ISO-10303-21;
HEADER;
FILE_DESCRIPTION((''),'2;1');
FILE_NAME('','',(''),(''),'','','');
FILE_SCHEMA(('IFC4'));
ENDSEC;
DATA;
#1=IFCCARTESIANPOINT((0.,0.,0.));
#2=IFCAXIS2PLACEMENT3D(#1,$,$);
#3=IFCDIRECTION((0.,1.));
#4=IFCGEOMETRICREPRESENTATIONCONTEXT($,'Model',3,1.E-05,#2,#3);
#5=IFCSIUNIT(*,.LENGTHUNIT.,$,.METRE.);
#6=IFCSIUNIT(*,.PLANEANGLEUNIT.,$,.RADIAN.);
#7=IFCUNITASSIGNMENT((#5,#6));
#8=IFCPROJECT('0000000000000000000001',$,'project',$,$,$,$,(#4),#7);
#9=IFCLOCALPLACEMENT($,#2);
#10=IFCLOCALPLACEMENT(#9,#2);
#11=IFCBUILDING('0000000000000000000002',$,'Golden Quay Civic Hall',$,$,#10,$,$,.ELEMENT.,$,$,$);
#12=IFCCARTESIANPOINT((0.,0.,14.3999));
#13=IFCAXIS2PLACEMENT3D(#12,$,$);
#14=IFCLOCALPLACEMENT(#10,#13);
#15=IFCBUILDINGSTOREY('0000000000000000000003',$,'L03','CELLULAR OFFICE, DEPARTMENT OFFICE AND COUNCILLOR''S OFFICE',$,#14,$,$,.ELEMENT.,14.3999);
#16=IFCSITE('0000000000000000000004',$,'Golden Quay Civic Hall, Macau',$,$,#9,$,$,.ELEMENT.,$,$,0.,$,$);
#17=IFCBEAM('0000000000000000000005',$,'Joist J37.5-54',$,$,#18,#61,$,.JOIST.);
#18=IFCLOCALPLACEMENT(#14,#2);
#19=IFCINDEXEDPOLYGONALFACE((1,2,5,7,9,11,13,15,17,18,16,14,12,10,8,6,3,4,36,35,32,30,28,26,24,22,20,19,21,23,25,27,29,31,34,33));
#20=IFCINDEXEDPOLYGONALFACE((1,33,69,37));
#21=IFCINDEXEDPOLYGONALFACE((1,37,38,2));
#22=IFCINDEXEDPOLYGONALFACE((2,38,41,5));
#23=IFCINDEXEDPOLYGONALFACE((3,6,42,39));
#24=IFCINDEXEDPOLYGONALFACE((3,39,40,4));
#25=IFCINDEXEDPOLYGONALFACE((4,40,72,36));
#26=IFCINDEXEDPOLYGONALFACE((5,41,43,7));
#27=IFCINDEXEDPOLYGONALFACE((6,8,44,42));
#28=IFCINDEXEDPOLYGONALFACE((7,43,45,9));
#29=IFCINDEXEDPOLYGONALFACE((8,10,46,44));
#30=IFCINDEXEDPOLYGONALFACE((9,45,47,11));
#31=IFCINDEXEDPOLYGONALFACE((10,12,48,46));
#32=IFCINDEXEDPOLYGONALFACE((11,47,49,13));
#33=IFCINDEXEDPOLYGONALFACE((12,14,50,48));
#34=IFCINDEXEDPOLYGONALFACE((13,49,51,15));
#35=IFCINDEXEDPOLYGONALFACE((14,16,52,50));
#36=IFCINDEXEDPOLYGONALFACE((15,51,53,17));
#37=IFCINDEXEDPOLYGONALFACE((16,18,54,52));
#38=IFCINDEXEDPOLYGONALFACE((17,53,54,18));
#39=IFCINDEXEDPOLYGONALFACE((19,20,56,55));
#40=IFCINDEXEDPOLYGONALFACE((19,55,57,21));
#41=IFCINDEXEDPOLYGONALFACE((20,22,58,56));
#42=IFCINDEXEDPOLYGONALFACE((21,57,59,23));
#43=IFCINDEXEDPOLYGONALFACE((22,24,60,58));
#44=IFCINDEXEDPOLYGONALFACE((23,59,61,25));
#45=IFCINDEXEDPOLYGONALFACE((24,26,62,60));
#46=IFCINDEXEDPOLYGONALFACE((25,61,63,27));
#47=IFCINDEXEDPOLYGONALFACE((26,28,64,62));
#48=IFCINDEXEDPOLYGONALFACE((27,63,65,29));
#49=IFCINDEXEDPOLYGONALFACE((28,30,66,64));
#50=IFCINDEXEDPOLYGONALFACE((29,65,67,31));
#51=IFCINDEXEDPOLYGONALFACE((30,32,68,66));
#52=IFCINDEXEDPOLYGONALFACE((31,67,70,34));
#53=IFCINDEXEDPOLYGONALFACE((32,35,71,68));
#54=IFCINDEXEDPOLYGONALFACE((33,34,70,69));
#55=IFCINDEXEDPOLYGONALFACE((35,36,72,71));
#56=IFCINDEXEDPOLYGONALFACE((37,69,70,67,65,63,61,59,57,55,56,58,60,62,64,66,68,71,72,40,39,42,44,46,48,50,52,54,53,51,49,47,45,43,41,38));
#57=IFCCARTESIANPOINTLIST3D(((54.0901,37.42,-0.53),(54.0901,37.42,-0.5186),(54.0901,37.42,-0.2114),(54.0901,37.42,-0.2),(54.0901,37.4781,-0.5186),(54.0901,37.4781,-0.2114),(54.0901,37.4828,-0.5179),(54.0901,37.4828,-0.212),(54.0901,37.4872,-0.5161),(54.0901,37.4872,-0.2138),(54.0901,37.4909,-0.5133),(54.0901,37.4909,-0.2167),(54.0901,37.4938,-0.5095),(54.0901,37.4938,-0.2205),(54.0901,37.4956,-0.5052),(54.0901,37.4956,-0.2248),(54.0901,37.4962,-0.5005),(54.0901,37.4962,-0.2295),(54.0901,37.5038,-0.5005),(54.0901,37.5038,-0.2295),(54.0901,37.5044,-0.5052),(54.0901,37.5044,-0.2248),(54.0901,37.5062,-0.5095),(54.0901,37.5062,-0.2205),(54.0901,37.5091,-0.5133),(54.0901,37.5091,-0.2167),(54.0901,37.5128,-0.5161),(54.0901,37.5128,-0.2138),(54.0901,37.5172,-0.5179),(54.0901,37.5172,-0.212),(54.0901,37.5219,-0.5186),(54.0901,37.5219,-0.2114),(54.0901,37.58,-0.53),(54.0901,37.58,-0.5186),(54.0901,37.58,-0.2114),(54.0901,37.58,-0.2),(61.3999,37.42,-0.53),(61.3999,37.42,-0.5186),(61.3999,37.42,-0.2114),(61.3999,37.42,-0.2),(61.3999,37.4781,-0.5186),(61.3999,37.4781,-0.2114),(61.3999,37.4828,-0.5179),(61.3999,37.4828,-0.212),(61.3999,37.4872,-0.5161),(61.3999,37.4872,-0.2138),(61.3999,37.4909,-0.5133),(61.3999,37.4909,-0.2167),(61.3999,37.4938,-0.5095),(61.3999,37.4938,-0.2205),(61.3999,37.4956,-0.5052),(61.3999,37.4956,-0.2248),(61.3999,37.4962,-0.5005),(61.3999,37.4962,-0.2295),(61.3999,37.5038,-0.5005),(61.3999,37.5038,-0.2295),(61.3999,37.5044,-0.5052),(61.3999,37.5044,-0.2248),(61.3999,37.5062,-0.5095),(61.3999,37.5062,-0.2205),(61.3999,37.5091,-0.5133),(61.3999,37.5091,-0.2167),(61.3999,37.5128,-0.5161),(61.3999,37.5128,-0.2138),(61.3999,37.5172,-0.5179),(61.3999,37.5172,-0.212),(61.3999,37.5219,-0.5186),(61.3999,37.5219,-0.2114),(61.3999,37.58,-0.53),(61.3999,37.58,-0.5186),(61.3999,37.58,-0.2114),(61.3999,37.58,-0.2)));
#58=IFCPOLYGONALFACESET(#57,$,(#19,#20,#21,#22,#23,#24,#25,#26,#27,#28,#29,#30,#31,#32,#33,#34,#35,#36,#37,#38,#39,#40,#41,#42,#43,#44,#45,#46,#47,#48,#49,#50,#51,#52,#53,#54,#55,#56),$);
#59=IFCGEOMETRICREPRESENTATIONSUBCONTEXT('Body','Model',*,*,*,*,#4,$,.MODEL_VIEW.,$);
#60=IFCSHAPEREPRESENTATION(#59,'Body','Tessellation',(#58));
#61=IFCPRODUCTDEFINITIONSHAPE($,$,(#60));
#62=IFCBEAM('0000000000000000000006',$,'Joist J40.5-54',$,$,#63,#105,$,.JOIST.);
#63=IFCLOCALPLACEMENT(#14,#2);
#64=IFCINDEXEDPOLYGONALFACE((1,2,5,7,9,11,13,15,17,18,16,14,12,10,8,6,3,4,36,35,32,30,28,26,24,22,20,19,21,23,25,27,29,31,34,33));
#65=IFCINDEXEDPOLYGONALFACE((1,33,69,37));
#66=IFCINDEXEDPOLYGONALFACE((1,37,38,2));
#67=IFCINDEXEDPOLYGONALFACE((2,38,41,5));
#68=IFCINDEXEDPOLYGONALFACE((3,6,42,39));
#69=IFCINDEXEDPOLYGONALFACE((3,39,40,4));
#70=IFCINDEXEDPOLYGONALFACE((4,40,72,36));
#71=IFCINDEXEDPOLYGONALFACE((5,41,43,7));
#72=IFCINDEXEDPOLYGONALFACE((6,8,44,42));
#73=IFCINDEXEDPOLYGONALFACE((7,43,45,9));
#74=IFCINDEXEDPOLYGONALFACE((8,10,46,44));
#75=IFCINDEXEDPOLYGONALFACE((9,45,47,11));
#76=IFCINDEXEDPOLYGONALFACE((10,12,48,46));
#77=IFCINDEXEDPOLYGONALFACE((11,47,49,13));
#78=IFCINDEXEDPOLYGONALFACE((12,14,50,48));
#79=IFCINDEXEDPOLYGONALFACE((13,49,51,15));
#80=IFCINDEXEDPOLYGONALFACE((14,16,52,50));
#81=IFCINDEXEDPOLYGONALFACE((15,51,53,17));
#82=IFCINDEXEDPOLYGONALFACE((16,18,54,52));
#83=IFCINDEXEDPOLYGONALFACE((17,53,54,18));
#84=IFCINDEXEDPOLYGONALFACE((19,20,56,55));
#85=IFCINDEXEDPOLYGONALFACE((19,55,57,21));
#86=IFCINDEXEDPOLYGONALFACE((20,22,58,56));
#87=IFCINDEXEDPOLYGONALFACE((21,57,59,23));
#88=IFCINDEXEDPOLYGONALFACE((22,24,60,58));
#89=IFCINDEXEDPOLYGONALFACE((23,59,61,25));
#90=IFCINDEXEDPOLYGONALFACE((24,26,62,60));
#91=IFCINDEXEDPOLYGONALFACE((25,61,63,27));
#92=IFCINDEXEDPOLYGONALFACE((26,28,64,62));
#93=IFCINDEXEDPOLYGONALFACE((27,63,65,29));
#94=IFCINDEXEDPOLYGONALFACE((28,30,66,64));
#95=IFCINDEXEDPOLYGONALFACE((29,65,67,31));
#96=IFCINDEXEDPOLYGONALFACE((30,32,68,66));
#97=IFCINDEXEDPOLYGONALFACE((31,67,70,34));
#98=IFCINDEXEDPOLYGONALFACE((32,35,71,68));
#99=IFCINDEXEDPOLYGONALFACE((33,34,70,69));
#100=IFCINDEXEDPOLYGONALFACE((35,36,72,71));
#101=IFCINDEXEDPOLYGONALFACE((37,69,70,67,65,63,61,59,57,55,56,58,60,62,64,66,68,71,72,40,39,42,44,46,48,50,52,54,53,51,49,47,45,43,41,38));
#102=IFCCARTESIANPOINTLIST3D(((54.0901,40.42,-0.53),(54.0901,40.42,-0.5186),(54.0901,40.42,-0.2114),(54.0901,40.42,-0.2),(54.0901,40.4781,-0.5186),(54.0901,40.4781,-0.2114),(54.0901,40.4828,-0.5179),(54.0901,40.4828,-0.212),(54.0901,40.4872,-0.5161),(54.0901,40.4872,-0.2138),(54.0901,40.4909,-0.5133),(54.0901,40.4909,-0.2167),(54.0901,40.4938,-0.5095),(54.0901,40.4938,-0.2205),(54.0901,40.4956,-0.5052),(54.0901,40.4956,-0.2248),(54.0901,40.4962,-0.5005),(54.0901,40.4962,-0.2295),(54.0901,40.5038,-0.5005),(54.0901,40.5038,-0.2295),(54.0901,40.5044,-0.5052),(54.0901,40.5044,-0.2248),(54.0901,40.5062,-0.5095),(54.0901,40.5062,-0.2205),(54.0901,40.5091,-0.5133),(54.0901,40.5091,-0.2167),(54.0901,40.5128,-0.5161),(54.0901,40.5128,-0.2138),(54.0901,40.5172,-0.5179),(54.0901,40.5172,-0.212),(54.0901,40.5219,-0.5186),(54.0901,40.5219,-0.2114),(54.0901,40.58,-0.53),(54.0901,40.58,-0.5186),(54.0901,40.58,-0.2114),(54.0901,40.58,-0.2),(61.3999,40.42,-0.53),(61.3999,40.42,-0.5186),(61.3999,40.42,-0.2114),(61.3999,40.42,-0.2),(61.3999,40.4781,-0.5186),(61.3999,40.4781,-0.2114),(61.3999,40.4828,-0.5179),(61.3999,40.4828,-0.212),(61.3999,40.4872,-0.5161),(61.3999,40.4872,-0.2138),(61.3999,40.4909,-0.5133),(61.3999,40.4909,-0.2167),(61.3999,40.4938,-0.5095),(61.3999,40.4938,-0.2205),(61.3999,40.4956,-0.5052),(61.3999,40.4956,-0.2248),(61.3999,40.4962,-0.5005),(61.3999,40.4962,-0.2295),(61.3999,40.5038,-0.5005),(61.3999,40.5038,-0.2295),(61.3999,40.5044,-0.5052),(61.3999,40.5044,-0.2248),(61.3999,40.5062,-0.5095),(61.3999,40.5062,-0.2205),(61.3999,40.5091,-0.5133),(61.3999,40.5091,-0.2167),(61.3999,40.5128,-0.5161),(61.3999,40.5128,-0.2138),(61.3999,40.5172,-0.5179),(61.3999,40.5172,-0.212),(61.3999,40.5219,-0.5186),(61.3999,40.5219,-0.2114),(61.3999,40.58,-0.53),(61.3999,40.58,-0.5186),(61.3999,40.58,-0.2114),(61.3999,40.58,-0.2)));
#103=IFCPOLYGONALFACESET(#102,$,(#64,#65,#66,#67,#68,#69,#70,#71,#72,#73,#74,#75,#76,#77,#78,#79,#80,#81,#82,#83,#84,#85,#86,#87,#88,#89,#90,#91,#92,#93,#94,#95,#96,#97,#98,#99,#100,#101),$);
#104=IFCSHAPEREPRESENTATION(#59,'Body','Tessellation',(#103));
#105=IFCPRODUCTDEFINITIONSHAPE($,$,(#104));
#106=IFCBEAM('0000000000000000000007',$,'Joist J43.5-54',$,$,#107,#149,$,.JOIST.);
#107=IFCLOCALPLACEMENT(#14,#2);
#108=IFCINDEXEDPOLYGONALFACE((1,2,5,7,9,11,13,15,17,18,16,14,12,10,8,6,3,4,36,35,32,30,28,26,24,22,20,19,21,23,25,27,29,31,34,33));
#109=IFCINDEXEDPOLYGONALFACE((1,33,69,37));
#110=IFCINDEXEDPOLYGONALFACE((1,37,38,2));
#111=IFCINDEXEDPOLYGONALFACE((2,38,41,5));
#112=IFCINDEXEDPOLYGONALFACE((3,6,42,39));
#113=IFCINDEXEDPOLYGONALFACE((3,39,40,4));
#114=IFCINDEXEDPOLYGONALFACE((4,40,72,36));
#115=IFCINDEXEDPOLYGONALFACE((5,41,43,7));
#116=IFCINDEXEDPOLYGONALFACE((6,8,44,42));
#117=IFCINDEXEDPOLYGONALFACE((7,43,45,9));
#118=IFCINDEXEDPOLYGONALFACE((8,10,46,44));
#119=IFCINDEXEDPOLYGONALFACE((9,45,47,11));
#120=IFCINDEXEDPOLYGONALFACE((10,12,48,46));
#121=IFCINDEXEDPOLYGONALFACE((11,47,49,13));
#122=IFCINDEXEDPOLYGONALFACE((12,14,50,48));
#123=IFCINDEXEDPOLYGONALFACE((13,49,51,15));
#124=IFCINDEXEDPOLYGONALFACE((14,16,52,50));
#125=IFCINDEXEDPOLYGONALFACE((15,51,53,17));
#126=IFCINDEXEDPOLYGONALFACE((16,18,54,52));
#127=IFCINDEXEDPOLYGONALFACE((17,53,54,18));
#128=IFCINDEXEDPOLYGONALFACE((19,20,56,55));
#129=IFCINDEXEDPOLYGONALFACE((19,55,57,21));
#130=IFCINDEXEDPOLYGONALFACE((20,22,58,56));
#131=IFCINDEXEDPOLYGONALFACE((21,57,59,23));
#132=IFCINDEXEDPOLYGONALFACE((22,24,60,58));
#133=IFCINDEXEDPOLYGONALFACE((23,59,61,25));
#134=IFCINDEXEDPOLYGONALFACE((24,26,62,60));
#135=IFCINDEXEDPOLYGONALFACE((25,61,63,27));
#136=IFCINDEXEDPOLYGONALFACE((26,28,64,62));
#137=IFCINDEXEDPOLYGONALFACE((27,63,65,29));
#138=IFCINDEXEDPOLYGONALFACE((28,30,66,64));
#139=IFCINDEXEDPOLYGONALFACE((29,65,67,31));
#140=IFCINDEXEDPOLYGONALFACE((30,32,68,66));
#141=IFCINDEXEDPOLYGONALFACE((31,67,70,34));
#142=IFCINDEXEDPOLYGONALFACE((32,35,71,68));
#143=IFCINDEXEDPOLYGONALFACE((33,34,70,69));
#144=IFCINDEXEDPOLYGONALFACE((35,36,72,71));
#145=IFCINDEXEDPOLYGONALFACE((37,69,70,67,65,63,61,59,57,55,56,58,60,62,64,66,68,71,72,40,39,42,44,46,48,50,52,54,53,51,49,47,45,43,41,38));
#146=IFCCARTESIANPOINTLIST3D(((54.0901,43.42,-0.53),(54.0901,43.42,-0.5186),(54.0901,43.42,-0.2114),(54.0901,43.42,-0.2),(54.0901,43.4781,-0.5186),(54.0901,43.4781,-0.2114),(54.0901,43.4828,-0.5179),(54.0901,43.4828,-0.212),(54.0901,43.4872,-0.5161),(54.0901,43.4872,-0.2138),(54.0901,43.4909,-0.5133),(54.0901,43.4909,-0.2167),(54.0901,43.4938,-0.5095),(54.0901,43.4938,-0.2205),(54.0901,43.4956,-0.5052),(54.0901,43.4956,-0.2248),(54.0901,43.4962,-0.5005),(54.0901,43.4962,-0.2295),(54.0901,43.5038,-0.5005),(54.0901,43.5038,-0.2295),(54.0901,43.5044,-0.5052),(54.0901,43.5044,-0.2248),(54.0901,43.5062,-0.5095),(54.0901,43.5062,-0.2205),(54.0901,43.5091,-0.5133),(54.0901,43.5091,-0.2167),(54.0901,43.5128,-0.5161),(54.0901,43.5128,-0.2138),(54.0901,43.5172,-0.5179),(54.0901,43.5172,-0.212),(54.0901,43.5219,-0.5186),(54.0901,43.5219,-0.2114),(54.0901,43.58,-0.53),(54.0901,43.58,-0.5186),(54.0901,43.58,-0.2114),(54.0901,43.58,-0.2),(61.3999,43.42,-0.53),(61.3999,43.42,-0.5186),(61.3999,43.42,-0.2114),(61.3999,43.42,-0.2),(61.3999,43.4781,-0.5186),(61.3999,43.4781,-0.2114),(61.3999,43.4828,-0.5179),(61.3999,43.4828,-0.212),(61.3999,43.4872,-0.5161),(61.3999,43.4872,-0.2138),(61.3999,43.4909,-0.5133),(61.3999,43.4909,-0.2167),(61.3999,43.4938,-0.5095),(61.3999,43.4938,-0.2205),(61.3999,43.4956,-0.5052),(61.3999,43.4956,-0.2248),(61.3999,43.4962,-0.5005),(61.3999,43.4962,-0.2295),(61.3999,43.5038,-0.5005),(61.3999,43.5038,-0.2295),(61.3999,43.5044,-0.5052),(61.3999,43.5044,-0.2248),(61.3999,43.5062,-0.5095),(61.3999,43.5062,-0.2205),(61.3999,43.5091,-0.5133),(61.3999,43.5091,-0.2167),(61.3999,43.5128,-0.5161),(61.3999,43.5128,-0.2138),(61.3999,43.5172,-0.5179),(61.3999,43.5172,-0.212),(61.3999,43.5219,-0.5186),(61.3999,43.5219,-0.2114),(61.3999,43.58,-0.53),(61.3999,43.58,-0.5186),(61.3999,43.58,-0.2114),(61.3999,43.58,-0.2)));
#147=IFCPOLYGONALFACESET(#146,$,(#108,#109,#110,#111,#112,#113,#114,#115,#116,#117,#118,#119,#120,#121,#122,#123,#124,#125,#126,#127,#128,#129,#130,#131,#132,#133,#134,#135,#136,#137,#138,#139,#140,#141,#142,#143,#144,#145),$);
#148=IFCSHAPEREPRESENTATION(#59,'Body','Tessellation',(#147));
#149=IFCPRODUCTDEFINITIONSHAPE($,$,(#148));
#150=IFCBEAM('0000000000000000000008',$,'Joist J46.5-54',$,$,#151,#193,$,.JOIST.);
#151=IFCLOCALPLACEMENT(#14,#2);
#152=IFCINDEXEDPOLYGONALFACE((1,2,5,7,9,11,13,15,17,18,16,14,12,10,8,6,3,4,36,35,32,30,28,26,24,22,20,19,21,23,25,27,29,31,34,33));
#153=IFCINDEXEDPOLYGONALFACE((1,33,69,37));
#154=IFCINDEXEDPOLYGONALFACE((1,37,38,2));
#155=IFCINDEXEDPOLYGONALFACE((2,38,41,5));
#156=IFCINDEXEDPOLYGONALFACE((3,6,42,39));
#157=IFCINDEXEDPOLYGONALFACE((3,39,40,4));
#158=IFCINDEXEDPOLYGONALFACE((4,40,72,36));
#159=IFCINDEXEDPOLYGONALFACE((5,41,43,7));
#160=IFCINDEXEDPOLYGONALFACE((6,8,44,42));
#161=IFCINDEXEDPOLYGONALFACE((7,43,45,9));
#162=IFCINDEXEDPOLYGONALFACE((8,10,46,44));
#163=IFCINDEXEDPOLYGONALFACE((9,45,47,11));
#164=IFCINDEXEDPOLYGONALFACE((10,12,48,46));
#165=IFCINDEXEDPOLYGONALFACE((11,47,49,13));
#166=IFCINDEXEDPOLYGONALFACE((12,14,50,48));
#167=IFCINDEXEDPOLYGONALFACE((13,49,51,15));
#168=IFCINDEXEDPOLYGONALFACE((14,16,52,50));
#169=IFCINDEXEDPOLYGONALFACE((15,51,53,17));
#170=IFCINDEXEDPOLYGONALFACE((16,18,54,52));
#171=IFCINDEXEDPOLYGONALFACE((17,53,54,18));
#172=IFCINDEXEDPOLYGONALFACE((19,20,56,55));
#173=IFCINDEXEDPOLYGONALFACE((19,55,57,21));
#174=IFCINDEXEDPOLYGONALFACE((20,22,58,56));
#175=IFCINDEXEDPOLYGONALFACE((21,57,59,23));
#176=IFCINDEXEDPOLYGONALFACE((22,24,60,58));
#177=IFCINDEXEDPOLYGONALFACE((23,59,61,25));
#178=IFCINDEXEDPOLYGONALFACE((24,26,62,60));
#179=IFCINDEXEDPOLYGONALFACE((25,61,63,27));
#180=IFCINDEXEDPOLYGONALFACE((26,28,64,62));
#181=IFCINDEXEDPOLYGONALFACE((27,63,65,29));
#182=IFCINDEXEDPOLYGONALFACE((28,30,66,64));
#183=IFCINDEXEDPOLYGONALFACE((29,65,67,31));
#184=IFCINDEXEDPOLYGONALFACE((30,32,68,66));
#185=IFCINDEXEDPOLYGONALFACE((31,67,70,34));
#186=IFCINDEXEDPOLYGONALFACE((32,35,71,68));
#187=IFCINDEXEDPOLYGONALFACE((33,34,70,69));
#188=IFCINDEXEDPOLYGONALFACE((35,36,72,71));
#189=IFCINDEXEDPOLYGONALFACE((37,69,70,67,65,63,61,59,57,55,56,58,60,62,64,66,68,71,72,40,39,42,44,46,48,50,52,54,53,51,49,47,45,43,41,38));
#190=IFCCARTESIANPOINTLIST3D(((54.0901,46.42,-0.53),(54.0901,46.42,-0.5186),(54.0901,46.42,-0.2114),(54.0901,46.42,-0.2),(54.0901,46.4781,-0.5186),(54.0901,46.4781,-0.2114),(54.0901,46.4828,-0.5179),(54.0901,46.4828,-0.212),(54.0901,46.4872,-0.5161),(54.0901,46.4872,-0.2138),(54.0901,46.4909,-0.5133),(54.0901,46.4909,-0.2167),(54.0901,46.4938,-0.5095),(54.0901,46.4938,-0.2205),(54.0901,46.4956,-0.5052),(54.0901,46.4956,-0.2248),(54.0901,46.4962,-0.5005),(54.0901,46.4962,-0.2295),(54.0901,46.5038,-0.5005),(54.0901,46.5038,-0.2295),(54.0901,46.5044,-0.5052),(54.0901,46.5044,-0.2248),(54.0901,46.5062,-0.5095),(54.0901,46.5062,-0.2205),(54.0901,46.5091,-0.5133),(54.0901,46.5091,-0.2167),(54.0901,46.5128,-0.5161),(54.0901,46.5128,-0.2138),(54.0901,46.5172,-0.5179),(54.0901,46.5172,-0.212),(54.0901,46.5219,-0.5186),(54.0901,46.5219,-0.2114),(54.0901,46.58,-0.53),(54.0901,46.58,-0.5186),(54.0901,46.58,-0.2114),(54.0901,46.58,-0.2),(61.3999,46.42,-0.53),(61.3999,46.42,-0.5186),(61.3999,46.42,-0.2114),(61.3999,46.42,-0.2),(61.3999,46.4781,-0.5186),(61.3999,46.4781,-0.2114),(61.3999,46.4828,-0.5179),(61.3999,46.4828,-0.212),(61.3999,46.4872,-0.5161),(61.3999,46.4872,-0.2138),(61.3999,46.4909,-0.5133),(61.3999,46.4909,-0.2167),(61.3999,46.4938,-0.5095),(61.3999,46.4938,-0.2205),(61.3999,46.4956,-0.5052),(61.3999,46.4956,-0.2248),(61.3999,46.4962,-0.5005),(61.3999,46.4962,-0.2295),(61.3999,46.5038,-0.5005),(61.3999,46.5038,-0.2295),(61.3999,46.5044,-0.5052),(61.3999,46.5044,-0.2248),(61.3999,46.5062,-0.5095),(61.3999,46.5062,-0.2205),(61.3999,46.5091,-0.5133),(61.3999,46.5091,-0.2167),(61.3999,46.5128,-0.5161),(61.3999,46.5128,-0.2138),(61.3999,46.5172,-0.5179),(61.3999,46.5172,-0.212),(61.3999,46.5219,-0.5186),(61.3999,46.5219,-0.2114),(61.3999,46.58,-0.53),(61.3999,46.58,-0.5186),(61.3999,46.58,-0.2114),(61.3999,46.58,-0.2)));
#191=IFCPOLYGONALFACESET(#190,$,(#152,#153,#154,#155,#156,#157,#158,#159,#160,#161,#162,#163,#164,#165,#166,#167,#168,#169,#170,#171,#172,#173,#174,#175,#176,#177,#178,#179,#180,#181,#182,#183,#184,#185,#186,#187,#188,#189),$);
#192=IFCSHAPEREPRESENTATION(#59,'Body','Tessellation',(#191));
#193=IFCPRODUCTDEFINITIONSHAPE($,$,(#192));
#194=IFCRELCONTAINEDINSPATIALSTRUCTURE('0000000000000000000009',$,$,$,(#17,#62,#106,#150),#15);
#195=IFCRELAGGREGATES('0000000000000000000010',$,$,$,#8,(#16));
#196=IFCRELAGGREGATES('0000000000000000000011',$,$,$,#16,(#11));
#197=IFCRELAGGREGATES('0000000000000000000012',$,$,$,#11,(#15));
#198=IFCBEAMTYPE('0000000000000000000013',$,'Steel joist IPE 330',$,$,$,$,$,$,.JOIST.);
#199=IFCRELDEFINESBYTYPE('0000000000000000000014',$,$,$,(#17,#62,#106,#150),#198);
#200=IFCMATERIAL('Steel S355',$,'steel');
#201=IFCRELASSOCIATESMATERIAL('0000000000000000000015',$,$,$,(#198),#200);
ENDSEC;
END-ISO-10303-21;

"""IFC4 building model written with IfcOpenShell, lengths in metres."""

from ifc_helpers import new_model, si_unit, direction, frame, origin, origin_2d, place, context, subcontext, project, spatial, i_section, extrude, material, material_profile, profile_set, type_object, element, save


model = new_model("IFC4")

# Units and contexts
model_context = context("Model", 3, precision=1e-05, world=origin(), true_north=direction((0.0, 1.0)))
body_context = subcontext(model_context, "Body", "Model", "MODEL_VIEW")
ifc_project = project(units=[si_unit("LENGTHUNIT", "METRE"), si_unit("PLANEANGLEUNIT", "RADIAN")], contexts=[model_context])

# Site, building, storey
site_placement = place(None, origin())
site = spatial("IfcSite", under=ifc_project, at=site_placement, Name="Golden Quay Civic Hall, Macau", CompositionType="ELEMENT", RefElevation=0.0)
building_placement = place(site_placement, origin())
building = spatial("IfcBuilding", under=site, at=building_placement, Name="Golden Quay Civic Hall", CompositionType="ELEMENT")
storey_placement = place(building_placement, frame((0.0, 0.0, 14.3999)))
storey = spatial("IfcBuildingStorey", under=building, at=storey_placement, Name="L03", Description="CELLULAR OFFICE, DEPARTMENT OFFICE AND COUNCILLOR'S OFFICE", CompositionType="ELEMENT", Elevation=14.3999)

# Beams
ifc_material_1 = material(Name="Steel S355", Category="steel")
ifc_material_profile_1 = material_profile(ifc_material_1, i_section(OverallWidth=0.1599, OverallDepth=0.3301, WebThickness=0.0076, FlangeThickness=0.0115, FilletRadius=0.0181, at=origin_2d()), Name="IPE 330")
ifc_profile_set_1 = profile_set([ifc_material_profile_1], Name="Steel S355")
beam_type_1 = type_object("IfcBeamType", Name="Steel joist IPE 330", PredefinedType="JOIST", material=ifc_profile_set_1)
for number, where, z_axis, x_axis, name in (
    (1, (54.0901, 37.5, -0.365), (1.0, 0.0, 0.0), (0.0, 1.0, 0.0), "Joist J37.5-54"),
    (2, (54.0901, 40.5, -0.365), (1.0, 0.0, 0.0), (0.0, 1.0, 0.0), "Joist J40.5-54"),
    (3, (54.0901, 43.5, -0.365), (1.0, 0.0, 0.0), (0.0, 1.0, 0.0), "Joist J43.5-54"),
    (4, (54.0901, 46.5, -0.365), (1.0, 0.0, 0.0), (0.0, 1.0, 0.0), "Joist J46.5-54"),
):
    element("IfcBeam", number, at=place(storey_placement, frame(where, z_axis=z_axis, x_axis=x_axis)), inside=storey, type_object=beam_type_1, Name=name, PredefinedType="JOIST", context=body_context, shape_type="SweptSolid", body=[
        extrude(i_section(OverallWidth=0.1599, OverallDepth=0.3301, WebThickness=0.0076, FlangeThickness=0.0115, FilletRadius=0.0181, at=origin_2d()), origin(), (0.0, 0.0, 1.0), 7.3098),
    ])

save(model, "model.ifc")
